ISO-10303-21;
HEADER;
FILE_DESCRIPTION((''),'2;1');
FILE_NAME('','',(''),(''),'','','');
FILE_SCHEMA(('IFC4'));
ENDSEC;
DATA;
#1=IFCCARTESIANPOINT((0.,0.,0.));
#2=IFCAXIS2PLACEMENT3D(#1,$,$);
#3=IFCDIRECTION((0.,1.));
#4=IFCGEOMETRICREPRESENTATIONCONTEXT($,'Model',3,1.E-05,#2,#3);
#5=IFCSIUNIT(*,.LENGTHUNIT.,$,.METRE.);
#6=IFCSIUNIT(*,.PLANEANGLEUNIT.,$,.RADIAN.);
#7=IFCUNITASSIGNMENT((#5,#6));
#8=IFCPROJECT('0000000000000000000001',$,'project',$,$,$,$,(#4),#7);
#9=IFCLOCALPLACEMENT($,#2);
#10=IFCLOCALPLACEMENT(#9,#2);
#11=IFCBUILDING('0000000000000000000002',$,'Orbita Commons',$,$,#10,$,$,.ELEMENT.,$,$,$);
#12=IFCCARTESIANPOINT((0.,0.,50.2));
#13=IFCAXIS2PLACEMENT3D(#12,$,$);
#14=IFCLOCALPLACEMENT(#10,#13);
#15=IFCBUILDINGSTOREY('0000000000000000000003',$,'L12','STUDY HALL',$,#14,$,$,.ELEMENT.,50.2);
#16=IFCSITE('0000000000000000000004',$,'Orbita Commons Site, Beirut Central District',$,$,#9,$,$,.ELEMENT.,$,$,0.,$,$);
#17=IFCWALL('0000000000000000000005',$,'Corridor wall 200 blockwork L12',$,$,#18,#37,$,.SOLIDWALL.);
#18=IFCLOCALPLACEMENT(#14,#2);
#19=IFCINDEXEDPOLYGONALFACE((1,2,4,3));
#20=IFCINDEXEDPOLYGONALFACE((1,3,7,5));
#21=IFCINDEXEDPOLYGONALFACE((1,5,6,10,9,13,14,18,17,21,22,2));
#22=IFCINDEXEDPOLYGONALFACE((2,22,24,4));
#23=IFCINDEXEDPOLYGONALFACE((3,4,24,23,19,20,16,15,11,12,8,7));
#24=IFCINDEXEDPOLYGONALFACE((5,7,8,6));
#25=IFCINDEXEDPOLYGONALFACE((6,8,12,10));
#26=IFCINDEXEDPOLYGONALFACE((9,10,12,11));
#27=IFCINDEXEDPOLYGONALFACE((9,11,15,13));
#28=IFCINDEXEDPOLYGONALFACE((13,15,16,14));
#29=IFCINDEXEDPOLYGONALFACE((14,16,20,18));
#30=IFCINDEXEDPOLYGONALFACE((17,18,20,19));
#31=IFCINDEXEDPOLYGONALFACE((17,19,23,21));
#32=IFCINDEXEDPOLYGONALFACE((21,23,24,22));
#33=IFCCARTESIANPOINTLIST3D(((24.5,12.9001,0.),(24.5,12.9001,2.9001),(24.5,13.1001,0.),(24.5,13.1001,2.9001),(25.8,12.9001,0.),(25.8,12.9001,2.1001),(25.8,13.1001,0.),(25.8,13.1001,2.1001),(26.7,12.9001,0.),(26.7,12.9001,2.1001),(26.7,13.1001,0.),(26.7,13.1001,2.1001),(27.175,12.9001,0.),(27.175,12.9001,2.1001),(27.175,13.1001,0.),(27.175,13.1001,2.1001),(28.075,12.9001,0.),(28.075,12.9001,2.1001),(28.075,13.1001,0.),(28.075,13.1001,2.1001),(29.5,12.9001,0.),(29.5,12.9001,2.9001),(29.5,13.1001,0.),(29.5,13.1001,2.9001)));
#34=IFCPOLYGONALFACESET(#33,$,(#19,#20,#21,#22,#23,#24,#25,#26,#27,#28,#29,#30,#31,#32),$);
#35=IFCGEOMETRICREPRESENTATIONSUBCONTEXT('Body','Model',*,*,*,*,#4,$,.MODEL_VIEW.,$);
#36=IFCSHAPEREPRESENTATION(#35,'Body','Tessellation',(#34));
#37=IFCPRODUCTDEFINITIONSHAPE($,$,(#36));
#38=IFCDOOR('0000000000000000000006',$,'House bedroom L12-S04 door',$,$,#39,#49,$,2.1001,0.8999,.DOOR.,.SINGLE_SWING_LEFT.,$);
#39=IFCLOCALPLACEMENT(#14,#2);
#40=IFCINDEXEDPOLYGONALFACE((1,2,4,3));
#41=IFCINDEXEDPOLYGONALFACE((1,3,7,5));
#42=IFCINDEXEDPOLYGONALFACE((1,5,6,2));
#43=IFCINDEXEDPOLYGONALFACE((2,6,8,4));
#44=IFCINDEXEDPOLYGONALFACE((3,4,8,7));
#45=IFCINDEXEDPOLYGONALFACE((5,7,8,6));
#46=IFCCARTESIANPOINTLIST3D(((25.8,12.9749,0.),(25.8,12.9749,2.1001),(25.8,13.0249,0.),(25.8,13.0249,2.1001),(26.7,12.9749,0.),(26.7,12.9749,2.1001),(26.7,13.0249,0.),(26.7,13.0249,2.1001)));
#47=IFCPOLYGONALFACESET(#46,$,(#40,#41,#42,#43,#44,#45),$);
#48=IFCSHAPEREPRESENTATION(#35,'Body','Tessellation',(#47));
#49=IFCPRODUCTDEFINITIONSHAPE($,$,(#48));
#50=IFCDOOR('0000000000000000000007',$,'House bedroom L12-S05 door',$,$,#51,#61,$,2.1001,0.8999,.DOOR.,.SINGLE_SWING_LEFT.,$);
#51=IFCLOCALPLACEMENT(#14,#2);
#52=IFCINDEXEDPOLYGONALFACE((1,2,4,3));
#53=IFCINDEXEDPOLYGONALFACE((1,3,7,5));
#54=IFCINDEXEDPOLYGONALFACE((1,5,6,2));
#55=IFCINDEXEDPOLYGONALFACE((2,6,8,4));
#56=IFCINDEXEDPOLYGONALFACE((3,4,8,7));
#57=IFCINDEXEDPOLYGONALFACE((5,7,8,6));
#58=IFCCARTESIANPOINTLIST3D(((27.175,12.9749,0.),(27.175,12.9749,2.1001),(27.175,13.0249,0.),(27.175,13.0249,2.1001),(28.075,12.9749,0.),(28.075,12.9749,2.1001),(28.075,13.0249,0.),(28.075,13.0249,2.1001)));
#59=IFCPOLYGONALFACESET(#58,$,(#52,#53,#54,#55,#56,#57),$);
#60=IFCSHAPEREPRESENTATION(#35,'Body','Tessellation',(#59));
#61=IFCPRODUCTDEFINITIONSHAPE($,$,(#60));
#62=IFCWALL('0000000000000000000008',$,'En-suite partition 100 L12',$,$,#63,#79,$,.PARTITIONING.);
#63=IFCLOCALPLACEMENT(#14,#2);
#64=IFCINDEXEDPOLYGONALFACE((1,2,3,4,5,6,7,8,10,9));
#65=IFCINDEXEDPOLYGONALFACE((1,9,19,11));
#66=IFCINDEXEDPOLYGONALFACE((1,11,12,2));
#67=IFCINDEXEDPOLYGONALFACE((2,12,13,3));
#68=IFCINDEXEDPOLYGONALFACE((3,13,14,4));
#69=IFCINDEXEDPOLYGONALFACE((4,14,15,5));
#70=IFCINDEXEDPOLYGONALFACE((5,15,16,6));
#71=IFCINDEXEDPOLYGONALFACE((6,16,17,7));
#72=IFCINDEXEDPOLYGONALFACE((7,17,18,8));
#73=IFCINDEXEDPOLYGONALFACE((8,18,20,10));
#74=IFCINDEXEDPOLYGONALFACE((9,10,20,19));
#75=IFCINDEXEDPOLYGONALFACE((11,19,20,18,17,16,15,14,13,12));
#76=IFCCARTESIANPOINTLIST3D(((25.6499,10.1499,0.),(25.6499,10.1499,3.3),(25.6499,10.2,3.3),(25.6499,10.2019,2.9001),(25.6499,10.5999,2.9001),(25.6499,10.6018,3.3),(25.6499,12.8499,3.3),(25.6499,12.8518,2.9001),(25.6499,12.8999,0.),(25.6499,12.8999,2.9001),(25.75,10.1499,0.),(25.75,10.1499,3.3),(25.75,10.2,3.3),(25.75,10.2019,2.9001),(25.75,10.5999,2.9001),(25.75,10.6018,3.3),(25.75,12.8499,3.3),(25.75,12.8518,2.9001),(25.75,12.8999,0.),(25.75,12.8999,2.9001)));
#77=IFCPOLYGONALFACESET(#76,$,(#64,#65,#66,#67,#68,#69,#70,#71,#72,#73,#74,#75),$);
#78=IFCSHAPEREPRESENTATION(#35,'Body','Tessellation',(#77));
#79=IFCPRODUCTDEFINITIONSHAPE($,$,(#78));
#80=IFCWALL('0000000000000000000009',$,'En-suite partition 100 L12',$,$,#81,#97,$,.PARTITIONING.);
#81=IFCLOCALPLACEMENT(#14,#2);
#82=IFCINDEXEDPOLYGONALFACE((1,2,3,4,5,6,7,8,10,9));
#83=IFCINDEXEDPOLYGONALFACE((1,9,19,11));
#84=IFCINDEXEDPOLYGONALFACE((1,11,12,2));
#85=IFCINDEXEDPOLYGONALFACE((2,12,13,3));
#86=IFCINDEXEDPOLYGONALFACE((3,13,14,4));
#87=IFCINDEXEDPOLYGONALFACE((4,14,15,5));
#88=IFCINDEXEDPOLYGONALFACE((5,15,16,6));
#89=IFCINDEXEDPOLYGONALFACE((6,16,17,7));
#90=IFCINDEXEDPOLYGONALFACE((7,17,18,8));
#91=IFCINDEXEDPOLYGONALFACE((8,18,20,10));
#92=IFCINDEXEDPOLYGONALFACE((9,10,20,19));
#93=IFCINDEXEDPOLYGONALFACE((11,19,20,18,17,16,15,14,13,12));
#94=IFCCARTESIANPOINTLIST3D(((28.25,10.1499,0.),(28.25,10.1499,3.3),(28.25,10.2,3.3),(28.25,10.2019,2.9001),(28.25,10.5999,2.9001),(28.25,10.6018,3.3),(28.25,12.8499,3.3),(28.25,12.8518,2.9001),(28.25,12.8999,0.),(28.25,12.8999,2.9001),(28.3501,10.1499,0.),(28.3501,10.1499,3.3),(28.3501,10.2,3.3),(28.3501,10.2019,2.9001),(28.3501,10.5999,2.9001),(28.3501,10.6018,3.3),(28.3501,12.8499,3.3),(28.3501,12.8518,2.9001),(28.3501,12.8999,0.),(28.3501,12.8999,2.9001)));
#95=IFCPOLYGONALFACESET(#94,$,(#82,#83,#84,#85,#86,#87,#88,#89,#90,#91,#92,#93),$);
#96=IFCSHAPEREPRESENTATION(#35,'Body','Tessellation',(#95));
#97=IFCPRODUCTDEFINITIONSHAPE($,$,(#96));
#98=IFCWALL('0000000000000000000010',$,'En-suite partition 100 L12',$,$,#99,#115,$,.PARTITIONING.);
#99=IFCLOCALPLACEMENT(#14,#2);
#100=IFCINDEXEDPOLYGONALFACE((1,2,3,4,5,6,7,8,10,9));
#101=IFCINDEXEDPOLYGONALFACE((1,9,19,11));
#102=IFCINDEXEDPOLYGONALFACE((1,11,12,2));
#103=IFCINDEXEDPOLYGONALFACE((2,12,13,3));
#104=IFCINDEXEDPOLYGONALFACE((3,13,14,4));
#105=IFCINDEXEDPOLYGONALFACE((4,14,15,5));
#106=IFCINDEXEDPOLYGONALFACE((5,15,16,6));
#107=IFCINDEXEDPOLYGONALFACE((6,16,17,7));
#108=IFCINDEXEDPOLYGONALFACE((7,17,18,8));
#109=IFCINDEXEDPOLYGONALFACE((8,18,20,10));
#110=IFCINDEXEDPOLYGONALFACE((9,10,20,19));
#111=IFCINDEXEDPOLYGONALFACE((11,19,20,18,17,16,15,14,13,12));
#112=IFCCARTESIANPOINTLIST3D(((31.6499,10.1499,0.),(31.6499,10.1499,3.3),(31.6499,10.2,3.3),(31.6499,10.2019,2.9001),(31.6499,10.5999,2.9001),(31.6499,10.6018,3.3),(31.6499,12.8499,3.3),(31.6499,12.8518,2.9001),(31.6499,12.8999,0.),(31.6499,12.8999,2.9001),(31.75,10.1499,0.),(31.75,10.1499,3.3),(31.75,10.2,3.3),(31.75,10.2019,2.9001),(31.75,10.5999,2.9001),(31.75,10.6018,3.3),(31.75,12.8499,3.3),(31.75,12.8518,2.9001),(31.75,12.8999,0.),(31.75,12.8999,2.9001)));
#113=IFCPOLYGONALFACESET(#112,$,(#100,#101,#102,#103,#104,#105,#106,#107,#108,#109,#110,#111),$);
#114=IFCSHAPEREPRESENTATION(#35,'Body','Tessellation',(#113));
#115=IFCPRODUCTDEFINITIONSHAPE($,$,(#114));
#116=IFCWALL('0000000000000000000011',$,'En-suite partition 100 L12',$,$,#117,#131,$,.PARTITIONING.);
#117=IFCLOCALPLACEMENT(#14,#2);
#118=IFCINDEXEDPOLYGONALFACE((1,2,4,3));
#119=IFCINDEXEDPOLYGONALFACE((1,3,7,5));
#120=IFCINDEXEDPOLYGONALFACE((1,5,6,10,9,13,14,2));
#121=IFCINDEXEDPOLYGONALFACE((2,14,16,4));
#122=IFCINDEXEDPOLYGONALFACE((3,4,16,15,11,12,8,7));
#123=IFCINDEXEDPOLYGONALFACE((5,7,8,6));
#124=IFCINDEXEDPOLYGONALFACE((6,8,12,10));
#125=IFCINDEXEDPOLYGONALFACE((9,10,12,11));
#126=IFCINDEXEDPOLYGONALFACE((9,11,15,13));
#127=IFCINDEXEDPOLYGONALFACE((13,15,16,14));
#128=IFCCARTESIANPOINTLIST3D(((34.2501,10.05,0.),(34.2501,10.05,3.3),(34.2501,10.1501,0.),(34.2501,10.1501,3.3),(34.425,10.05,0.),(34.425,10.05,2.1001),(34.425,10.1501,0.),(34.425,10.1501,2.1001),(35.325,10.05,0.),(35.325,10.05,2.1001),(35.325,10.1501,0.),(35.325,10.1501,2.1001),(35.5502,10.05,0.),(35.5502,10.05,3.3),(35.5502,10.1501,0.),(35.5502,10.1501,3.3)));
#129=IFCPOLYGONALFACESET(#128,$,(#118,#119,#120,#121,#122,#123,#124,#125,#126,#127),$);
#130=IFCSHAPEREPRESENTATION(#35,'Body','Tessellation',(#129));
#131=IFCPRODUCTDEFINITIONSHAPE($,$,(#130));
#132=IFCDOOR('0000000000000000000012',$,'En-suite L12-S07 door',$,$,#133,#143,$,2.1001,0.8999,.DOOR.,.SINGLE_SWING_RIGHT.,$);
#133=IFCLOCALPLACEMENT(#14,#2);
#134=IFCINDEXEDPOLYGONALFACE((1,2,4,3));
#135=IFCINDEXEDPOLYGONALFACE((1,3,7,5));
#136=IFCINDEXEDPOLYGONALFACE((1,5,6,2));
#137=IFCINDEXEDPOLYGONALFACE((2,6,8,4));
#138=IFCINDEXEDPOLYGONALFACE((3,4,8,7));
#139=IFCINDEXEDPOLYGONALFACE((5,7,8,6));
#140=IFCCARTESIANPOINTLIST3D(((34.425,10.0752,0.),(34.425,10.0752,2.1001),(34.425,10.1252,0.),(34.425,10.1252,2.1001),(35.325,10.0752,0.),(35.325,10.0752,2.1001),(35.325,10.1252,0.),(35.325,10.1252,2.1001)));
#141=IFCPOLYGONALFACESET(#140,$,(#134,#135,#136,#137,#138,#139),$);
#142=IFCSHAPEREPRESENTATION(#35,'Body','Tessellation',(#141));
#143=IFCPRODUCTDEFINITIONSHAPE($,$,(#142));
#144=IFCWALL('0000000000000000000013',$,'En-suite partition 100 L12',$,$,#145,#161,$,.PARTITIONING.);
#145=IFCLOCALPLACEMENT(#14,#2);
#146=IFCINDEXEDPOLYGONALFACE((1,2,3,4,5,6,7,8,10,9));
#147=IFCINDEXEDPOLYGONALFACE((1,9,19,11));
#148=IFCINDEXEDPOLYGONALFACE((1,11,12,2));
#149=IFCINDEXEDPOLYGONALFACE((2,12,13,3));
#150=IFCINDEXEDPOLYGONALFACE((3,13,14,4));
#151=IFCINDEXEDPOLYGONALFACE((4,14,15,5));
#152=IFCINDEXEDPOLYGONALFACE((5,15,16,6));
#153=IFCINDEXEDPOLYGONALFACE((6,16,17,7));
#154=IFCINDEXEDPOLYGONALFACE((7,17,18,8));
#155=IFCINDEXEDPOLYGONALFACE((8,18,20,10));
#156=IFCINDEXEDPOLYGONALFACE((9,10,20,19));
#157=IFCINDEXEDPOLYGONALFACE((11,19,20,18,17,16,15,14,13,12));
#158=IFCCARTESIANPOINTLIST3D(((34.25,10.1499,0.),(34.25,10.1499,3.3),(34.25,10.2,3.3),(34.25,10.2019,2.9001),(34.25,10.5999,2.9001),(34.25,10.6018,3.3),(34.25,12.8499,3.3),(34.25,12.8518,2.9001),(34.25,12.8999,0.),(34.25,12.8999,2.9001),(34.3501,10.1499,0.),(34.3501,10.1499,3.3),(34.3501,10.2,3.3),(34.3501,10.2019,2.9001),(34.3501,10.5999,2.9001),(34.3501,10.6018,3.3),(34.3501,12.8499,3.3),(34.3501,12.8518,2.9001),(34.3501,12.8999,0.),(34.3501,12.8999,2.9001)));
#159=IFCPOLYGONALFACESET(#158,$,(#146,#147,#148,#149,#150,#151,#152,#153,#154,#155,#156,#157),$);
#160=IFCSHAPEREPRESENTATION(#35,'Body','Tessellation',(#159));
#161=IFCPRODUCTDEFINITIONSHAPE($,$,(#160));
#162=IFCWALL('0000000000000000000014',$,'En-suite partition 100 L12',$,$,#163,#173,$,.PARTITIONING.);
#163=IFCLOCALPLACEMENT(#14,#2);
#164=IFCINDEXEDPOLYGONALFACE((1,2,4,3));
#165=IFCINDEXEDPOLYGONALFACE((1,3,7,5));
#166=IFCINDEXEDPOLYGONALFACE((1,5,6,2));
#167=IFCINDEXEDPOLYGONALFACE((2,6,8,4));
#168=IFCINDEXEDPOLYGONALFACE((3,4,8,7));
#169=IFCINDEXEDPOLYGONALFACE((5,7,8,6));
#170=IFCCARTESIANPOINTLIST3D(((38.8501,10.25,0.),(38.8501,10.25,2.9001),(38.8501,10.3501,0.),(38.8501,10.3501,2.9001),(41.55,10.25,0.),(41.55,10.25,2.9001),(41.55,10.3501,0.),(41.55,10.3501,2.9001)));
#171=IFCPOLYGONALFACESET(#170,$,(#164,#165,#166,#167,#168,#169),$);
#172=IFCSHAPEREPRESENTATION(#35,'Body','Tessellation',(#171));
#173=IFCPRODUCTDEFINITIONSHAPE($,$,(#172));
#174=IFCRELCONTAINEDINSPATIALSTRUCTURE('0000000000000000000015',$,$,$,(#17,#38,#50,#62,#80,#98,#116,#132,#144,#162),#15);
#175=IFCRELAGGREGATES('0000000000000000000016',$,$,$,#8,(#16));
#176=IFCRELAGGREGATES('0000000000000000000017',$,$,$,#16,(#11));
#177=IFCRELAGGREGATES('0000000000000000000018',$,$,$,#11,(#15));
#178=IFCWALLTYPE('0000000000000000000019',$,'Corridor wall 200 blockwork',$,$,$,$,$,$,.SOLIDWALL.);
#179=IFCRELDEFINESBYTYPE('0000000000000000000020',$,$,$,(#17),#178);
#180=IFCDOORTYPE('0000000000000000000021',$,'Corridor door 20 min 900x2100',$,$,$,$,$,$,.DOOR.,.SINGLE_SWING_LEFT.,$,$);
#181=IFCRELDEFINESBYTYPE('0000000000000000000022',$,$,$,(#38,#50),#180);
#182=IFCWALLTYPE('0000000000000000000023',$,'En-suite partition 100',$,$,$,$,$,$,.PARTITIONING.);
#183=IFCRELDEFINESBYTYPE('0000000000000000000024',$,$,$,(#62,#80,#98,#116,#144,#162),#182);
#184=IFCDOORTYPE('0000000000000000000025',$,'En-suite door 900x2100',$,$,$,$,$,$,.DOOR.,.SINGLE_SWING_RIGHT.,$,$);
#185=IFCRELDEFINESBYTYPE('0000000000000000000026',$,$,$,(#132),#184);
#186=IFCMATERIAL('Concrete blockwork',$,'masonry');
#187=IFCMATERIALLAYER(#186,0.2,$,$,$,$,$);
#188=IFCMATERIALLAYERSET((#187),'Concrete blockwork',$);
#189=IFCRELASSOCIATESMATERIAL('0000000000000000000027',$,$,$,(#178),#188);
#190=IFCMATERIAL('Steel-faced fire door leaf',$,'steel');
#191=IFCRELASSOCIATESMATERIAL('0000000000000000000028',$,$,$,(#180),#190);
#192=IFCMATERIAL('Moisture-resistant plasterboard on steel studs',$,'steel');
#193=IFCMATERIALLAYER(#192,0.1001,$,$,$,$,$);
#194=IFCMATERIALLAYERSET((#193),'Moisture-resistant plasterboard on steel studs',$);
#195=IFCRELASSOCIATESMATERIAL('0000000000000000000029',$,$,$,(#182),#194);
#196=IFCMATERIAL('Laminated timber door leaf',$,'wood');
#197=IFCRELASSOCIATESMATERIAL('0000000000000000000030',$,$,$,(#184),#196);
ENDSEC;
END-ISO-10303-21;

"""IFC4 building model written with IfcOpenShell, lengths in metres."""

from ifc_helpers import new_model, si_unit, direction, frame, frame_2d, origin, place, context, subcontext, project, spatial, polyline, rectangle, outline, extrude, material, layer, layer_set, type_object, element, fill, save


model = new_model("IFC4")

# Units and contexts
model_context = context("Model", 3, precision=1e-05, world=origin(), true_north=direction((0.0, 1.0)))
body_context = subcontext(model_context, "Body", "Model", "MODEL_VIEW")
ifc_project = project(units=[si_unit("LENGTHUNIT", "METRE"), si_unit("PLANEANGLEUNIT", "RADIAN")], contexts=[model_context])

# Site, building, storey
site_placement = place(None, origin())
site = spatial("IfcSite", under=ifc_project, at=site_placement, Name="Orbita Commons Site, Beirut Central District", CompositionType="ELEMENT", RefElevation=0.0)
building_placement = place(site_placement, origin())
building = spatial("IfcBuilding", under=site, at=building_placement, Name="Orbita Commons", CompositionType="ELEMENT")
storey_placement = place(building_placement, frame((0.0, 0.0, 50.2)))
storey = spatial("IfcBuildingStorey", under=building, at=storey_placement, Name="L12", Description="STUDY HALL", CompositionType="ELEMENT", Elevation=50.2)

# Wall, openings, doors
ifc_material_1 = material(Name="Concrete blockwork", Category="masonry")
ifc_layer_1 = layer(ifc_material_1, 0.2)
ifc_layer_set_1 = layer_set([ifc_layer_1], Name="Concrete blockwork")
wall_type_1 = type_object("IfcWallType", Name="Corridor wall 200 blockwork", PredefinedType="SOLIDWALL", material=ifc_layer_set_1)
wall_1_placement = place(storey_placement, frame((24.5, 13.0, 0.0), z_axis=(0.0, 0.0, 1.0), x_axis=(1.0, 0.0, 0.0)))
wall_1 = element("IfcWall", 1, at=wall_1_placement, inside=storey, type_object=wall_type_1, Name="Corridor wall 200 blockwork L12", PredefinedType="SOLIDWALL", context=body_context, shape_type="SweptSolid", body=[
    extrude(outline(polyline([(0.0, 0.0), (5.0, 0.0), (5.0, 2.9001), (0.0, 2.9001), (0.0, 0.0)])), frame((0.0, 0.1001, 0.0), z_axis=(0.0, -1.0, 0.0), x_axis=(1.0, 0.0, 0.0)), (0.0, 0.0, 1.0), 0.2),
])
opening_1_placement = place(wall_1_placement, frame((1.3, 0.0, 0.0)))
opening_1 = element("IfcOpeningElement", 2, at=opening_1_placement, cuts=wall_1, PredefinedType="OPENING", context=body_context, shape_type="SweptSolid", body=[
    extrude(rectangle(XDim=0.8999, YDim=2.1001, at=frame_2d((0.45, 1.05))), frame((0.0, 0.1099, 0.0), z_axis=(0.0, -1.0, 0.0), x_axis=(1.0, 0.0, 0.0)), (0.0, 0.0, 1.0), 0.22),
])
opening_2_placement = place(wall_1_placement, frame((2.675, 0.0, 0.0)))
opening_2 = element("IfcOpeningElement", 3, at=opening_2_placement, cuts=wall_1, PredefinedType="OPENING", context=body_context, shape_type="SweptSolid", body=[
    extrude(rectangle(XDim=0.8999, YDim=2.1001, at=frame_2d((0.45, 1.05))), frame((0.0, 0.1099, 0.0), z_axis=(0.0, -1.0, 0.0), x_axis=(1.0, 0.0, 0.0)), (0.0, 0.0, 1.0), 0.22),
])
ifc_material_2 = material(Name="Steel-faced fire door leaf", Category="steel")
door_type_1 = type_object("IfcDoorType", Name="Corridor door 20 min 900x2100", OperationType="SINGLE_SWING_LEFT", PredefinedType="DOOR", material=ifc_material_2)
door_1_placement = place(opening_1_placement, origin())
door_1 = element("IfcDoor", 4, at=door_1_placement, inside=storey, type_object=door_type_1, Name="House bedroom L12-S04 door", OperationType="SINGLE_SWING_LEFT", OverallHeight=2.1001, OverallWidth=0.8999, PredefinedType="DOOR", context=body_context, shape_type="SweptSolid", body=[
    extrude(rectangle(XDim=0.8999, YDim=2.1001, at=frame_2d((0.45, 1.05))), frame((0.0, 0.0249, 0.0), z_axis=(0.0, -1.0, 0.0), x_axis=(1.0, 0.0, 0.0)), (0.0, 0.0, 1.0), 0.05),
])
fill(opening_1, door_1)
door_2_placement = place(opening_2_placement, origin())
door_2 = element("IfcDoor", 5, at=door_2_placement, inside=storey, type_object=door_type_1, Name="House bedroom L12-S05 door", OperationType="SINGLE_SWING_LEFT", OverallHeight=2.1001, OverallWidth=0.8999, PredefinedType="DOOR", context=body_context, shape_type="SweptSolid", body=[
    extrude(rectangle(XDim=0.8999, YDim=2.1001, at=frame_2d((0.45, 1.05))), frame((0.0, 0.0249, 0.0), z_axis=(0.0, -1.0, 0.0), x_axis=(1.0, 0.0, 0.0)), (0.0, 0.0, 1.0), 0.05),
])
fill(opening_2, door_2)

# Walls
ifc_material_3 = material(Name="Moisture-resistant plasterboard on steel studs", Category="steel")
ifc_layer_2 = layer(ifc_material_3, 0.1001)
ifc_layer_set_2 = layer_set([ifc_layer_2], Name="Moisture-resistant plasterboard on steel studs")
wall_type_2 = type_object("IfcWallType", Name="En-suite partition 100", PredefinedType="PARTITIONING", material=ifc_layer_set_2)
for number, where, z_axis, x_axis, name in (
    (6, (25.7, 10.1499, 0.0), (0.0, 0.0, 1.0), (0.0, 1.0, 0.0), "En-suite partition 100 L12"),
    (7, (28.3, 10.1499, 0.0), (0.0, 0.0, 1.0), (0.0, 1.0, 0.0), "En-suite partition 100 L12"),
    (8, (31.7, 10.1499, 0.0), (0.0, 0.0, 1.0), (0.0, 1.0, 0.0), "En-suite partition 100 L12"),
):
    element("IfcWall", number, at=place(storey_placement, frame(where, z_axis=z_axis, x_axis=x_axis)), inside=storey, type_object=wall_type_2, Name=name, PredefinedType="PARTITIONING", context=body_context, shape_type="SweptSolid", body=[
        extrude(outline(polyline([(0.0, 0.0), (2.75, 0.0), (2.75, 2.9001), (2.7019, 2.9001), (2.7, 3.3), (0.4519, 3.3), (0.45, 2.9001), (0.052, 2.9001), (0.05, 3.3), (0.0, 3.3), (0.0, 0.0)])), frame((0.0, 0.05, 0.0), z_axis=(0.0, -1.0, 0.0), x_axis=(1.0, 0.0, 0.0)), (0.0, 0.0, 1.0), 0.1001),
    ])

# Wall, opening, door
wall_2_placement = place(storey_placement, frame((35.55, 10.1001, 0.0), z_axis=(0.0, 0.0, 1.0), x_axis=(-1.0, 0.0, 0.0)))
wall_2 = element("IfcWall", 9, at=wall_2_placement, inside=storey, type_object=wall_type_2, Name="En-suite partition 100 L12", PredefinedType="PARTITIONING", context=body_context, shape_type="SweptSolid", body=[
    extrude(rectangle(XDim=1.3, YDim=0.1001, at=frame_2d((0.6499, 0.0))), origin(), (0.0, 0.0, 1.0), 3.3),
])
opening_3_placement = place(wall_2_placement, frame((0.2251, 0.0, 0.0)))
opening_3 = element("IfcOpeningElement", 10, at=opening_3_placement, cuts=wall_2, PredefinedType="OPENING", context=body_context, shape_type="SweptSolid", body=[
    extrude(rectangle(XDim=0.8999, YDim=2.1001, at=frame_2d((0.45, 1.05))), frame((0.0, 0.0601, 0.0), z_axis=(0.0, -1.0, 0.0), x_axis=(1.0, 0.0, 0.0)), (0.0, 0.0, 1.0), 0.1201),
])
ifc_material_4 = material(Name="Laminated timber door leaf", Category="wood")
door_type_2 = type_object("IfcDoorType", Name="En-suite door 900x2100", OperationType="SINGLE_SWING_RIGHT", PredefinedType="DOOR", material=ifc_material_4)
door_3_placement = place(opening_3_placement, origin())
door_3 = element("IfcDoor", 11, at=door_3_placement, inside=storey, type_object=door_type_2, Name="En-suite L12-S07 door", OperationType="SINGLE_SWING_RIGHT", OverallHeight=2.1001, OverallWidth=0.8999, PredefinedType="DOOR", context=body_context, shape_type="SweptSolid", body=[
    extrude(rectangle(XDim=0.8999, YDim=2.1001, at=frame_2d((0.45, 1.05))), frame((0.0, 0.0249, 0.0), z_axis=(0.0, -1.0, 0.0), x_axis=(1.0, 0.0, 0.0)), (0.0, 0.0, 1.0), 0.05),
])
fill(opening_3, door_3)

# Walls
wall_3_placement = place(storey_placement, frame((34.3, 10.1499, 0.0), z_axis=(0.0, 0.0, 1.0), x_axis=(0.0, 1.0, 0.0)))
element("IfcWall", 12, at=wall_3_placement, inside=storey, type_object=wall_type_2, Name="En-suite partition 100 L12", PredefinedType="PARTITIONING", context=body_context, shape_type="SweptSolid", body=[
    extrude(outline(polyline([(0.0, 0.0), (2.75, 0.0), (2.75, 2.9001), (2.7019, 2.9001), (2.7, 3.3), (0.4519, 3.3), (0.45, 2.9001), (0.052, 2.9001), (0.05, 3.3), (0.0, 3.3), (0.0, 0.0)])), frame((0.0, 0.05, 0.0), z_axis=(0.0, -1.0, 0.0), x_axis=(1.0, 0.0, 0.0)), (0.0, 0.0, 1.0), 0.1001),
])
wall_4_placement = place(storey_placement, frame((38.8501, 10.3, 0.0), z_axis=(0.0, 0.0, 1.0), x_axis=(1.0, 0.0, 0.0)))
element("IfcWall", 13, at=wall_4_placement, inside=storey, type_object=wall_type_2, Name="En-suite partition 100 L12", PredefinedType="PARTITIONING", context=body_context, shape_type="SweptSolid", body=[
    extrude(outline(polyline([(0.0, 0.0), (2.7, 0.0), (2.7, 2.9001), (0.0, 2.9001), (0.0, 0.0)])), frame((0.0, 0.05, 0.0), z_axis=(0.0, -1.0, 0.0), x_axis=(1.0, 0.0, 0.0)), (0.0, 0.0, 1.0), 0.1001),
])

save(model, "model.ifc")
